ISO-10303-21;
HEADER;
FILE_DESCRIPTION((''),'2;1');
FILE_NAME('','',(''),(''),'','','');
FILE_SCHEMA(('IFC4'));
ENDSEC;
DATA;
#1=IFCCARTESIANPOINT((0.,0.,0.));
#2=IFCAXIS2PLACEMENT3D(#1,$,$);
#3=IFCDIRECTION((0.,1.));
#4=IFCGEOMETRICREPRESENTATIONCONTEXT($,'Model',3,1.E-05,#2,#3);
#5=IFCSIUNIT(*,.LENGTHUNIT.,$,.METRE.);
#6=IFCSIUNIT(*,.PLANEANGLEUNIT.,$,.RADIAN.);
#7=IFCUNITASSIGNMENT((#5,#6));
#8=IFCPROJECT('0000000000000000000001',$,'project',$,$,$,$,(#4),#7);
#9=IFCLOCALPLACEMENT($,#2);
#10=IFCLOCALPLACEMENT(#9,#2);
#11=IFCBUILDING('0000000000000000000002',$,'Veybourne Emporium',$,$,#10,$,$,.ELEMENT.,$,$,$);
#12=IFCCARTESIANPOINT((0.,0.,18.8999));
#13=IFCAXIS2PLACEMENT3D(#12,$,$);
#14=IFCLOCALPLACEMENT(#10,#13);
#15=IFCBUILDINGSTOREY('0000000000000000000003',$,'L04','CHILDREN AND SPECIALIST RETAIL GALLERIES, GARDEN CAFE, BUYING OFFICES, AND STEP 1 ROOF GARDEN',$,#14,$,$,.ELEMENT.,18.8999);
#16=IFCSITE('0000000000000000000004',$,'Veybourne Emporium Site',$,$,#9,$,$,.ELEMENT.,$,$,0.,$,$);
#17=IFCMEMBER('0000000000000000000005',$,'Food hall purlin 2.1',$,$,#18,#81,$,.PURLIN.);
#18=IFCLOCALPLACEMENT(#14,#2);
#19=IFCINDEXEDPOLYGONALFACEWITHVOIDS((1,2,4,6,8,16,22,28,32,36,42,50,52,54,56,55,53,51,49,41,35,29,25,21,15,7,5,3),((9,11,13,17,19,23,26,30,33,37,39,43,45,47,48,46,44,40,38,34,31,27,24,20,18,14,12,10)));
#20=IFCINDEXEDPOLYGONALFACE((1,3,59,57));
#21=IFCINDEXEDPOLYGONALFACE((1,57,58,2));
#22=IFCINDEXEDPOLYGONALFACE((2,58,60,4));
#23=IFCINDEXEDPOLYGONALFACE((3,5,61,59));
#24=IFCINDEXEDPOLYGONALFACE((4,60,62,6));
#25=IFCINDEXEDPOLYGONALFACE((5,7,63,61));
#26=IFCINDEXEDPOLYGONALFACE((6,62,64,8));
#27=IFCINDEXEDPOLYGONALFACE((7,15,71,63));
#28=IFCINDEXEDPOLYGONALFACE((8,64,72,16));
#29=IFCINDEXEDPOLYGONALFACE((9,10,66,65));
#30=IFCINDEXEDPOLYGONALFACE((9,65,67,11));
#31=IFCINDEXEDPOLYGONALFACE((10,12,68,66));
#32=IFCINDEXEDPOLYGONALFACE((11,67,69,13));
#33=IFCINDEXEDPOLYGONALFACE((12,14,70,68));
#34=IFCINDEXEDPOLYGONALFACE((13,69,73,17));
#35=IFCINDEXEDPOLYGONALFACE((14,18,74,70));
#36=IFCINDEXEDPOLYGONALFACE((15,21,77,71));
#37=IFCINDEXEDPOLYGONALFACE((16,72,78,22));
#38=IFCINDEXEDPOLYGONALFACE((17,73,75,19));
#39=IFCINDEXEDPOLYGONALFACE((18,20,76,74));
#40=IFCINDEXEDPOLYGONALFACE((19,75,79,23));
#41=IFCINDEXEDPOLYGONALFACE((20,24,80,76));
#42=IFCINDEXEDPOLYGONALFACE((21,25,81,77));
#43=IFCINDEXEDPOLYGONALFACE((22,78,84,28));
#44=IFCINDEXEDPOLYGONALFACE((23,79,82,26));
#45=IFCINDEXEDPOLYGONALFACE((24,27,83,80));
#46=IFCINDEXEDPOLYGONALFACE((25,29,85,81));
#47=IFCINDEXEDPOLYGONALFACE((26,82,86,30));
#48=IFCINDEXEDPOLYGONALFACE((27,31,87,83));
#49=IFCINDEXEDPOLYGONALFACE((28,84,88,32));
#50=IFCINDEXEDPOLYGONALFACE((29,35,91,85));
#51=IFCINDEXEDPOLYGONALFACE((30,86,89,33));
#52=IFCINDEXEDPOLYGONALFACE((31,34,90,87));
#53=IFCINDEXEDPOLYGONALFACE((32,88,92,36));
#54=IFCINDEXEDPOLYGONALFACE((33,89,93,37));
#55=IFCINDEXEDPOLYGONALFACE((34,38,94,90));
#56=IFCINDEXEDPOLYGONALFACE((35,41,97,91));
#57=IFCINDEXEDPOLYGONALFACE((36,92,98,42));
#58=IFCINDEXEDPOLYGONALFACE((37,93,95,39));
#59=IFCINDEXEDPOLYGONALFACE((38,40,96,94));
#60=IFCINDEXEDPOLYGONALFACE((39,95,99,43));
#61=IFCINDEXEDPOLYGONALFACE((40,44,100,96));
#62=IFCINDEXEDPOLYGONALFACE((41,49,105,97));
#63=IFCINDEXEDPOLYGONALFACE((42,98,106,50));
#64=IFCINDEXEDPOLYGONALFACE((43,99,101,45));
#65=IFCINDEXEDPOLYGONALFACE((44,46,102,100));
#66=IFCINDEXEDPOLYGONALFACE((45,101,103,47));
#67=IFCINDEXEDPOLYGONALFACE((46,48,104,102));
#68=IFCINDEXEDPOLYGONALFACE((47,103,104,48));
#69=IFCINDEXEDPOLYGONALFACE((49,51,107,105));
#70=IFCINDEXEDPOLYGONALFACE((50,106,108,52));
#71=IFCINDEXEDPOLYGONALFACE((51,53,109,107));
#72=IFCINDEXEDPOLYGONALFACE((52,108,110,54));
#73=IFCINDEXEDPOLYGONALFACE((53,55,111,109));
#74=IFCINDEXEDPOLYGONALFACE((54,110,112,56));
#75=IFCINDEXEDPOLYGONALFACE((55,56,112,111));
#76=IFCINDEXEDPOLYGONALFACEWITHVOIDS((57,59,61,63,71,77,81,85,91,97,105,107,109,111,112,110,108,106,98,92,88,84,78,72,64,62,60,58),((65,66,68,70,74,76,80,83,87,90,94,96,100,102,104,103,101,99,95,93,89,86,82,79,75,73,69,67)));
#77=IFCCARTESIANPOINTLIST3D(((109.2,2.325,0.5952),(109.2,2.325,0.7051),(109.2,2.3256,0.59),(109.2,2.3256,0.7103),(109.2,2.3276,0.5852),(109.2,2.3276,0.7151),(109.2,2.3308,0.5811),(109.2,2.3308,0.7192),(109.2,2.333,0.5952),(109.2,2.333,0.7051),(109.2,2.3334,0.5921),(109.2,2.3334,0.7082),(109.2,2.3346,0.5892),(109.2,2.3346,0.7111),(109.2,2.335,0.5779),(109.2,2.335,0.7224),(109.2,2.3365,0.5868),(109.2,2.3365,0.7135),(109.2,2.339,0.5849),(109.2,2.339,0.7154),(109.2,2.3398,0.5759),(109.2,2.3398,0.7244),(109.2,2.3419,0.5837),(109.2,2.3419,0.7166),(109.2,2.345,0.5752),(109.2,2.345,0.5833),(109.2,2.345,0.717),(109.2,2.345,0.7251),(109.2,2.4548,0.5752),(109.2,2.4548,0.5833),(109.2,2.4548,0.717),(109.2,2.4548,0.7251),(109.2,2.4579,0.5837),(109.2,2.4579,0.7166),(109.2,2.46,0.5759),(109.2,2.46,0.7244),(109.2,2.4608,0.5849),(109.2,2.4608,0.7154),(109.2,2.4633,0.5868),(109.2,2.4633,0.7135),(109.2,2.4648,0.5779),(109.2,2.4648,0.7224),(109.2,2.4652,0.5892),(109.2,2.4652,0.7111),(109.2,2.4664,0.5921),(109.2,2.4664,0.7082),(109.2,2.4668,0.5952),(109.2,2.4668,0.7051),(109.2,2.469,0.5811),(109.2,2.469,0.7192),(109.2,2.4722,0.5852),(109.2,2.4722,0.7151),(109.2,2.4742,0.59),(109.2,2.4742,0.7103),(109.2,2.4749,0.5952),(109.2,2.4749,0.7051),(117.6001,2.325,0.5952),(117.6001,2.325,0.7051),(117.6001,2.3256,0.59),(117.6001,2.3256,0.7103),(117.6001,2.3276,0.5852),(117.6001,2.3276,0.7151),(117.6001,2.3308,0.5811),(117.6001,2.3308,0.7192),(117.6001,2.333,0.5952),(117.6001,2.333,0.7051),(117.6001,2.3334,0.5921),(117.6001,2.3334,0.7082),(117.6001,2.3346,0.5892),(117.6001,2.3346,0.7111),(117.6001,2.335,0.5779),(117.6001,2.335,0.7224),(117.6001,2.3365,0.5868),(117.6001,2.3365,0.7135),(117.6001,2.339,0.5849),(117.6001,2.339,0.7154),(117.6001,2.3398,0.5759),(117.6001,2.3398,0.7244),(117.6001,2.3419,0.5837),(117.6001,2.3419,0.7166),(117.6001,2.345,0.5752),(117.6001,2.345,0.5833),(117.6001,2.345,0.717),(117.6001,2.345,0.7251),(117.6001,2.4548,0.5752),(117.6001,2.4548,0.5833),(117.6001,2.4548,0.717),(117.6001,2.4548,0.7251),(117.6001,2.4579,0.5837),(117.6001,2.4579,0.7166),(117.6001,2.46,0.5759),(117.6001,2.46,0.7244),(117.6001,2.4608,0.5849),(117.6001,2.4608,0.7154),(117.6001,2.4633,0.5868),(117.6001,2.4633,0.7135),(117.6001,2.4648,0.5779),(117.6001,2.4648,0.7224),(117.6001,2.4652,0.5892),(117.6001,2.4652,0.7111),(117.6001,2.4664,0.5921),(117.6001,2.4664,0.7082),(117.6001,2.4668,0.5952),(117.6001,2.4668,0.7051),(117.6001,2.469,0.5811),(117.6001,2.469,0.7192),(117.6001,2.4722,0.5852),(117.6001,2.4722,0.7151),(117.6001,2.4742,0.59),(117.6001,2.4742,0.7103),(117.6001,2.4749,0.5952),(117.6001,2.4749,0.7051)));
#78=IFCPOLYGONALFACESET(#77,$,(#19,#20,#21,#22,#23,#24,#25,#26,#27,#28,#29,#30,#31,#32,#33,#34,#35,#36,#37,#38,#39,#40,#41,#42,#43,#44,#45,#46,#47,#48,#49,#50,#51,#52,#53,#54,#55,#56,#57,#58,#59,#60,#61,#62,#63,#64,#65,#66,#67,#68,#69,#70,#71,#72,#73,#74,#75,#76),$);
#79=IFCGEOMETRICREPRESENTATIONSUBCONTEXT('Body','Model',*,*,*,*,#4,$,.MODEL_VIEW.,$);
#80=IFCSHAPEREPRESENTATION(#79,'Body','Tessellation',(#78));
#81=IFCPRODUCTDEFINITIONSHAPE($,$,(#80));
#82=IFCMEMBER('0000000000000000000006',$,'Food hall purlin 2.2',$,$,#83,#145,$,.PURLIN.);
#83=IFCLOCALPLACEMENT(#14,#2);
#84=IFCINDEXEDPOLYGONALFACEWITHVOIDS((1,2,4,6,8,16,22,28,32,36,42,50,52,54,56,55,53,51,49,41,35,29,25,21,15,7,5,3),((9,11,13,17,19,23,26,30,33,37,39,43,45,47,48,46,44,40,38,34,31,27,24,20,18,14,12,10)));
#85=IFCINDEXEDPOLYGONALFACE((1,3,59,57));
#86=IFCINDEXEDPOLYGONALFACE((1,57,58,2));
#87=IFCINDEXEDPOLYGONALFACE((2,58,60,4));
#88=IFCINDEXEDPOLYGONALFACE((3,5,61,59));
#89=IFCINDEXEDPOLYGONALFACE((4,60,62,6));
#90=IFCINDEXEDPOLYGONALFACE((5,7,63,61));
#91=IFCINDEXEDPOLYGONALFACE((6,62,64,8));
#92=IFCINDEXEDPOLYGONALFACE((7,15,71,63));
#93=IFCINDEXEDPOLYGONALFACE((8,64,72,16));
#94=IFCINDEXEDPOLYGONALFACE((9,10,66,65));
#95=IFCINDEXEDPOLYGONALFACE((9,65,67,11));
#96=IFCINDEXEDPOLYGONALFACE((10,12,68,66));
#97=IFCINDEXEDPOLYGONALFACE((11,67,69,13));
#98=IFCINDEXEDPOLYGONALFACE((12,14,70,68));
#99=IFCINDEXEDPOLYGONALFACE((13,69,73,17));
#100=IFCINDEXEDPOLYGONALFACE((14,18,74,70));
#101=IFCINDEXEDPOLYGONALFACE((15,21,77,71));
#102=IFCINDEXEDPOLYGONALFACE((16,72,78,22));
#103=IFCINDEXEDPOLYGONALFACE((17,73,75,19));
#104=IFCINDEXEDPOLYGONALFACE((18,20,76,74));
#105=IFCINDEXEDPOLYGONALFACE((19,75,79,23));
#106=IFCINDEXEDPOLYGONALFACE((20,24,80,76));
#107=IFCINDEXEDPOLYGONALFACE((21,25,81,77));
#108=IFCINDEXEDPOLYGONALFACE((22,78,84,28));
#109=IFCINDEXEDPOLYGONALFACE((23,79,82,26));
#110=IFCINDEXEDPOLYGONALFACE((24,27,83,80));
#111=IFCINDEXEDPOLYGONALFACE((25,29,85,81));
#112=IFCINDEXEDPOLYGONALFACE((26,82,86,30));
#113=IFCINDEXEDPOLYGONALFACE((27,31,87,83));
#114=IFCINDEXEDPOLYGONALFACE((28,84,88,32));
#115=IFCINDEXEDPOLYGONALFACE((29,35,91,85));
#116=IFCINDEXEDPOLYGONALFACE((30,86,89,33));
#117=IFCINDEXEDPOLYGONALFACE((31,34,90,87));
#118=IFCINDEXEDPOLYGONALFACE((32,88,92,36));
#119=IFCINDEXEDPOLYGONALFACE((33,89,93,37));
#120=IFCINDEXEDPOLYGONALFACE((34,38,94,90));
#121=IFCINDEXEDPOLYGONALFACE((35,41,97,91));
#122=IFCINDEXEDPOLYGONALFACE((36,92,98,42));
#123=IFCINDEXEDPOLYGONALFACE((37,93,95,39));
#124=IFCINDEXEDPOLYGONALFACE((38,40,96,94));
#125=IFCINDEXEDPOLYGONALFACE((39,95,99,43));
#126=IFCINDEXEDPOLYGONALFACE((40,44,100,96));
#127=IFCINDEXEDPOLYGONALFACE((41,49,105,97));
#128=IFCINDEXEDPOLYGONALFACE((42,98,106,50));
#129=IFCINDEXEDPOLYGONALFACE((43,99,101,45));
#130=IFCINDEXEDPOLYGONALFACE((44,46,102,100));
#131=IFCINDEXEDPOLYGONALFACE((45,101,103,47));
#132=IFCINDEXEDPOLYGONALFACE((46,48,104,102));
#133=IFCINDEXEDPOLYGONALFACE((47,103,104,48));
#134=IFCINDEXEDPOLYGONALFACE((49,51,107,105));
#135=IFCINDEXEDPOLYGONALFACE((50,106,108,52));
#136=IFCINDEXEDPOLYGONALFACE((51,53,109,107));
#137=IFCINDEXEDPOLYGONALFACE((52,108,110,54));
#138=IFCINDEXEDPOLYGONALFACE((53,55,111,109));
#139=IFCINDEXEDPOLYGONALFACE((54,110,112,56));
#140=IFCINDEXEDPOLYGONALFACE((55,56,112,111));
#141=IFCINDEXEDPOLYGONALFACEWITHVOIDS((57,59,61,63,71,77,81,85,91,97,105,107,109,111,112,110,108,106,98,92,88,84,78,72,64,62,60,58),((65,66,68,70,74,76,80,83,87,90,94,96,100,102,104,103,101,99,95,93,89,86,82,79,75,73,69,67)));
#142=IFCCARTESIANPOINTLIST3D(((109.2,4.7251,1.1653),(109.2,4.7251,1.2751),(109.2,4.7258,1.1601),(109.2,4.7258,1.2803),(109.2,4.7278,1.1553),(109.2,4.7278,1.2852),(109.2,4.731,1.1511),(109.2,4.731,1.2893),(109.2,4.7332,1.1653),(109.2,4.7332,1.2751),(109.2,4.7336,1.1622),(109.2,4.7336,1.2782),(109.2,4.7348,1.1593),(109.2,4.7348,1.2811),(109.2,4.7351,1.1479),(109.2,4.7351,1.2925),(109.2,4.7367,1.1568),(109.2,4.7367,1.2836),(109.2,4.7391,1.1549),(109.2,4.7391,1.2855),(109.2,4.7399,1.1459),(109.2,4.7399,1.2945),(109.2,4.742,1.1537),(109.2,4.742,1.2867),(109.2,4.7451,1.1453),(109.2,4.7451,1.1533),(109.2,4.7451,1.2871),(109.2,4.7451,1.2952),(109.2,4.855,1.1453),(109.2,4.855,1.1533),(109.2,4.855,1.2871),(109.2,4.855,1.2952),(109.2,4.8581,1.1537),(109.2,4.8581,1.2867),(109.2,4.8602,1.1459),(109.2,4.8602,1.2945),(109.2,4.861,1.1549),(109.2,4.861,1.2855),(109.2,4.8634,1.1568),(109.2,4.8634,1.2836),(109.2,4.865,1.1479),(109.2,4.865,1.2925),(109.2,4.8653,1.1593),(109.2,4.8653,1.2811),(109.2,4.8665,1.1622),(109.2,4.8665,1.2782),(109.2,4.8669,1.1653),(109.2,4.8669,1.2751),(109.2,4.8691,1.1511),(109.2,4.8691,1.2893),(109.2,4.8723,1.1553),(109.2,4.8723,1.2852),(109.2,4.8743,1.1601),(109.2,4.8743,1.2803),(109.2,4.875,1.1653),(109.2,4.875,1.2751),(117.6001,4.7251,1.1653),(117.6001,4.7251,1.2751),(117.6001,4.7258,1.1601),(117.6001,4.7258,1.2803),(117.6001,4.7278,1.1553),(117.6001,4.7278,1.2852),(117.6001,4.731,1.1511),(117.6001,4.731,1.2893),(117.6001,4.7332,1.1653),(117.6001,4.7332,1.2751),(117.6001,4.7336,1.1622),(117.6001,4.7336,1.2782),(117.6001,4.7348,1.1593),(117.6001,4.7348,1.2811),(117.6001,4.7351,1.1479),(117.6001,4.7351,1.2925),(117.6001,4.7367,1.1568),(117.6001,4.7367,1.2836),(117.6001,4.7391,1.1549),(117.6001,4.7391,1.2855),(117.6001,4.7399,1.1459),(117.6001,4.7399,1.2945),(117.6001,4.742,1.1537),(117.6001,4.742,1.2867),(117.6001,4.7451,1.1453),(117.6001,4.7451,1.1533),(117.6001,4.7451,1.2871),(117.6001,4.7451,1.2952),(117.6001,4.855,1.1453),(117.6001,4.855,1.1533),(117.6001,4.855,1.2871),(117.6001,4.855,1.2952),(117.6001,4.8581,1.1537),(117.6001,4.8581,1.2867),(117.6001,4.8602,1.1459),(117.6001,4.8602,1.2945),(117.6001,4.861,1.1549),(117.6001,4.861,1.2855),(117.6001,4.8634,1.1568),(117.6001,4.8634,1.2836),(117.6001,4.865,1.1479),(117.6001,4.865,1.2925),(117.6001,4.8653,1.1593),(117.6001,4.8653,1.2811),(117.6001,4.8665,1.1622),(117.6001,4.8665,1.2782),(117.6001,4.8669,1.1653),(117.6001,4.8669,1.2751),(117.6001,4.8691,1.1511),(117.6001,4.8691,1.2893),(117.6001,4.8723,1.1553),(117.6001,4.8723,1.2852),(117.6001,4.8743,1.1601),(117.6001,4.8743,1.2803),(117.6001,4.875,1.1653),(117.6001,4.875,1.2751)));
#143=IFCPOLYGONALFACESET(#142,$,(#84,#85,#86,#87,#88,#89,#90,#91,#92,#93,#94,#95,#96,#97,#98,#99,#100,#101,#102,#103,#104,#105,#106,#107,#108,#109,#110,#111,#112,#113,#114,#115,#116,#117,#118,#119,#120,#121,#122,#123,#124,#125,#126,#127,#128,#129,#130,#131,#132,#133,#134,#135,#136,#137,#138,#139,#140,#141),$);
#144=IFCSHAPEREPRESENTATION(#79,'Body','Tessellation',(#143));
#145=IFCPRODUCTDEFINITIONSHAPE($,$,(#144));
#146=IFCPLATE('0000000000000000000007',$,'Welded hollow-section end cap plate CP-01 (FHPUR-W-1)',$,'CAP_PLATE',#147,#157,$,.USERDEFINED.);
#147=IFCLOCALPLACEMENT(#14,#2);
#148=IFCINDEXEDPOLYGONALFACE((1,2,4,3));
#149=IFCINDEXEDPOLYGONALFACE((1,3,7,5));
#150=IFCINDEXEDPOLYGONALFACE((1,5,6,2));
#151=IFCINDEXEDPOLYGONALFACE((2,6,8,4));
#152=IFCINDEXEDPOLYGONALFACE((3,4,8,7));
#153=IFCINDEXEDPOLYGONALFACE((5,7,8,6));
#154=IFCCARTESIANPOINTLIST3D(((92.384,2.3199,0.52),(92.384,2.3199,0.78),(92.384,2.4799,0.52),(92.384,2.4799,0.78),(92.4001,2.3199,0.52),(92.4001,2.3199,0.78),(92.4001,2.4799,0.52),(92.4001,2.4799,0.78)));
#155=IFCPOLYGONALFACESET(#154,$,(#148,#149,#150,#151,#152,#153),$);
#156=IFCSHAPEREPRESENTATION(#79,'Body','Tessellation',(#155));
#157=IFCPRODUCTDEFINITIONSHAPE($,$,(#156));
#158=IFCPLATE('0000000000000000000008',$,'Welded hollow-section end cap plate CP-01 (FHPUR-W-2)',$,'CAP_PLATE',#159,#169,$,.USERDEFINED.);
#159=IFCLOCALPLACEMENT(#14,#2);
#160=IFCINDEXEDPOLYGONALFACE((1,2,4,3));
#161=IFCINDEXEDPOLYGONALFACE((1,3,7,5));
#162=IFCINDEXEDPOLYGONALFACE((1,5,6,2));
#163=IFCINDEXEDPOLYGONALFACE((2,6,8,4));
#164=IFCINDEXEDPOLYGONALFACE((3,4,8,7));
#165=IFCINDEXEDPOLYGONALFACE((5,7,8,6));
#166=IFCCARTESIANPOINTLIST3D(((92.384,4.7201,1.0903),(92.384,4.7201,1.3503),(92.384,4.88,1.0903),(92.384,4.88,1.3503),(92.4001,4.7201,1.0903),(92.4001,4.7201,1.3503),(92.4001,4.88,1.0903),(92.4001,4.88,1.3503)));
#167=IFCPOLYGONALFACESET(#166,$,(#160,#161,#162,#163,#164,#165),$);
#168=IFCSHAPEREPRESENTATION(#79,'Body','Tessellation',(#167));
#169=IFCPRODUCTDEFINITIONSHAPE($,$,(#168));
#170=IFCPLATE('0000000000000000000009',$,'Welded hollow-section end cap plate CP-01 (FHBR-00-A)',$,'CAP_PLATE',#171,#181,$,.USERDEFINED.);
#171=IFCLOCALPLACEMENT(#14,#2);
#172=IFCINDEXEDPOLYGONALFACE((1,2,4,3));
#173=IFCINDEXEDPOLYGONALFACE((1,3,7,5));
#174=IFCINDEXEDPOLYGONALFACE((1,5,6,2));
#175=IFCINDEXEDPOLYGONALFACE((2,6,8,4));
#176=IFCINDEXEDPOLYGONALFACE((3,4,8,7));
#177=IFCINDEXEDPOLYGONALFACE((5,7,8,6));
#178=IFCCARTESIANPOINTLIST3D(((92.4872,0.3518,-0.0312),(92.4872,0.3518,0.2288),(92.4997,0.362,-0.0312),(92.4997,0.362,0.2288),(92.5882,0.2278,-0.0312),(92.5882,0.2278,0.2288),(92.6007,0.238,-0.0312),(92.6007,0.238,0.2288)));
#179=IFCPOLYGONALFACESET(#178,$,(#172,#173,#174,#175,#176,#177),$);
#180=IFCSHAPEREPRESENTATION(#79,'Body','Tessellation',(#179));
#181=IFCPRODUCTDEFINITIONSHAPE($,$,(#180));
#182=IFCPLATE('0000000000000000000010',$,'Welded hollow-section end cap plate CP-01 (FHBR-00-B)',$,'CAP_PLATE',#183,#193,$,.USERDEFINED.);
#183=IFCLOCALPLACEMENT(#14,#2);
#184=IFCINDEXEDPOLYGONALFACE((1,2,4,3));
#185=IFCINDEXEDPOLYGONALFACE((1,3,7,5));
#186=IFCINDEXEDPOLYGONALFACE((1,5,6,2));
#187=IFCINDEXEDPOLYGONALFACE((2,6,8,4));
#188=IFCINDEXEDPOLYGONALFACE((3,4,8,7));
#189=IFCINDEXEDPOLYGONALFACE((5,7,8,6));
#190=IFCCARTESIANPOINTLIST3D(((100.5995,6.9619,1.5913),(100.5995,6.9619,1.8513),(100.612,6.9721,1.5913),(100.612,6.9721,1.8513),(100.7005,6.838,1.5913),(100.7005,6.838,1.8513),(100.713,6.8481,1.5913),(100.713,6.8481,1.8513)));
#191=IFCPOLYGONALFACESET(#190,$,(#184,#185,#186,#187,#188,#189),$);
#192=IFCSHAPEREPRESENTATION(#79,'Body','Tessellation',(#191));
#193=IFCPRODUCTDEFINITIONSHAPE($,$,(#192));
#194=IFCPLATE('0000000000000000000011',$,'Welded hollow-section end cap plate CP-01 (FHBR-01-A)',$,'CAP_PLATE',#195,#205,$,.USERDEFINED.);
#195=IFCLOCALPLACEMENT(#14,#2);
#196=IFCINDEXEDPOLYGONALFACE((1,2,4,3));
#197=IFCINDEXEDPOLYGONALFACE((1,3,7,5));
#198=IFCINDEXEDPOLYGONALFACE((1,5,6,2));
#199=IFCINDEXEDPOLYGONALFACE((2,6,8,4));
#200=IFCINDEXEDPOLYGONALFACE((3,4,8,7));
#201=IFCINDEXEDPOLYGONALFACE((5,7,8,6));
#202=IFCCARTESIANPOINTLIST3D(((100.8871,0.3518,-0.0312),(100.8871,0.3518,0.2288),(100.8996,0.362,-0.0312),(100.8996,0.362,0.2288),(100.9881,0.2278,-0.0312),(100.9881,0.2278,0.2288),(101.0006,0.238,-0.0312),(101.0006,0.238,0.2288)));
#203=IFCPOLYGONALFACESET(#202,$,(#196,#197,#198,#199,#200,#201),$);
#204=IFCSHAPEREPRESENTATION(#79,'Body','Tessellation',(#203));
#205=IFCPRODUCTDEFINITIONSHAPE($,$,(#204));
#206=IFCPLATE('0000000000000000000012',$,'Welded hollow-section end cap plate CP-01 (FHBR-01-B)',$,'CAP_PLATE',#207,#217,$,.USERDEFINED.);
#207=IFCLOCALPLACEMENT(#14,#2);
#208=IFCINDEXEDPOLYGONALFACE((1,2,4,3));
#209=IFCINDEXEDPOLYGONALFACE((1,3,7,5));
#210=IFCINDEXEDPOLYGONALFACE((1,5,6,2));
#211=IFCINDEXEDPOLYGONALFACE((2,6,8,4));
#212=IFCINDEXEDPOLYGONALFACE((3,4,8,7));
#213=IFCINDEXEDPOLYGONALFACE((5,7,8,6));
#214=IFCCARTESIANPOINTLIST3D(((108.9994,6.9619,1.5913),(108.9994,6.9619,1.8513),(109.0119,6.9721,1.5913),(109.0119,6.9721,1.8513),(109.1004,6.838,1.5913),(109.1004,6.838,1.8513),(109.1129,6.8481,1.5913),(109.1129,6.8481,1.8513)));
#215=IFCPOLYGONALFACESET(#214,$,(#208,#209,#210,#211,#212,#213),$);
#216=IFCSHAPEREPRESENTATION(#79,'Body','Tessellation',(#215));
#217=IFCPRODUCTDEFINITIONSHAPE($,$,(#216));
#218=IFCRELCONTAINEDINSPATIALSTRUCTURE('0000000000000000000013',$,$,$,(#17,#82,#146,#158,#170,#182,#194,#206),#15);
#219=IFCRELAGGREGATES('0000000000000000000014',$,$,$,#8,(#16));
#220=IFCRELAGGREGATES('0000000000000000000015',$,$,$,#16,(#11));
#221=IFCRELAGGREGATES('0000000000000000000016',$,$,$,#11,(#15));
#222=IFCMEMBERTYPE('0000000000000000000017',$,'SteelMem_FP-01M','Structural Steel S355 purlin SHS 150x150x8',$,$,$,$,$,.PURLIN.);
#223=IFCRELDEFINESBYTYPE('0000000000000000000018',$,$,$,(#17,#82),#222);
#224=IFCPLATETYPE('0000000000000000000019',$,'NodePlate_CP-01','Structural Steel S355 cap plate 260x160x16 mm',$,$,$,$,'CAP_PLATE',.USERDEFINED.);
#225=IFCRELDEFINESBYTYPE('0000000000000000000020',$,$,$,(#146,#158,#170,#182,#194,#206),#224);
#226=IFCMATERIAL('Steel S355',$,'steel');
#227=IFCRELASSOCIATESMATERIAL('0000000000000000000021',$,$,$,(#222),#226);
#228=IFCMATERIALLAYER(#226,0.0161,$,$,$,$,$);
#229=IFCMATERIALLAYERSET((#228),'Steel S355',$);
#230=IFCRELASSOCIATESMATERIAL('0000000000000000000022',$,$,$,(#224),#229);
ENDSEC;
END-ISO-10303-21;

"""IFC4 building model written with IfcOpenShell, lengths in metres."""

from ifc_helpers import new_model, si_unit, direction, frame, origin, origin_2d, place, context, subcontext, project, spatial, rectangle, hollow_rectangle, extrude, material, layer, layer_set, material_profile, profile_set, type_object, element, save


model = new_model("IFC4")

# Units and contexts
model_context = context("Model", 3, precision=1e-05, world=origin(), true_north=direction((0.0, 1.0)))
body_context = subcontext(model_context, "Body", "Model", "MODEL_VIEW")
ifc_project = project(units=[si_unit("LENGTHUNIT", "METRE"), si_unit("PLANEANGLEUNIT", "RADIAN")], contexts=[model_context])

# Site, building, storey
site_placement = place(None, origin())
site = spatial("IfcSite", under=ifc_project, at=site_placement, Name="Veybourne Emporium Site", CompositionType="ELEMENT", RefElevation=0.0)
building_placement = place(site_placement, origin())
building = spatial("IfcBuilding", under=site, at=building_placement, Name="Veybourne Emporium", CompositionType="ELEMENT")
storey_placement = place(building_placement, frame((0.0, 0.0, 18.8999)))
storey = spatial("IfcBuildingStorey", under=building, at=storey_placement, Name="L04", Description="CHILDREN AND SPECIALIST RETAIL GALLERIES, GARDEN CAFE, BUYING OFFICES, AND STEP 1 ROOF GARDEN", CompositionType="ELEMENT", Elevation=18.8999)

# Shared definitions
ifc_material_1 = material(Name="Steel S355", Category="steel")

# Members
ifc_material_profile_1 = material_profile(ifc_material_1, hollow_rectangle(XDim=0.1499, YDim=0.1499, WallThickness=0.0081, InnerFilletRadius=0.012, OuterFilletRadius=0.02, at=origin_2d()), Name="SHS 150x150x8")
ifc_profile_set_1 = profile_set([ifc_material_profile_1], Name="Steel S355")
member_type_1 = type_object("IfcMemberType", Name="SteelMem_FP-01M", Description="Structural Steel S355 purlin SHS 150x150x8", PredefinedType="PURLIN", material=ifc_profile_set_1)
for number, where, z_axis, x_axis, name in (
    (1, (109.2, 2.3999, 0.6501), (1.0, 0.0, 0.0), (0.0, 1.0, 0.0), "Food hall purlin 2.1"),
    (2, (109.2, 4.8, 1.2202), (1.0, 0.0, 0.0), (0.0, 1.0, 0.0), "Food hall purlin 2.2"),
):
    element("IfcMember", number, at=place(storey_placement, frame(where, z_axis=z_axis, x_axis=x_axis)), inside=storey, type_object=member_type_1, Name=name, PredefinedType="PURLIN", context=body_context, shape_type="SweptSolid", body=[
        extrude(hollow_rectangle(XDim=0.1499, YDim=0.1499, WallThickness=0.0081, InnerFilletRadius=0.012, OuterFilletRadius=0.02, at=origin_2d()), origin(), (0.0, 0.0, 1.0), 8.4001),
    ])

# Plates
ifc_layer_1 = layer(ifc_material_1, 0.0161)
ifc_layer_set_1 = layer_set([ifc_layer_1], Name="Steel S355")
plate_type = type_object("IfcPlateType", Name="NodePlate_CP-01", Description="Structural Steel S355 cap plate 260x160x16 mm", ElementType="CAP_PLATE", PredefinedType="USERDEFINED", material=ifc_layer_set_1)
for number, where, z_axis, x_axis, name in (
    (3, (92.3921, 2.3999, 0.52), (0.0, 0.0, 1.0), (1.0, 0.0, 0.0), "Welded hollow-section end cap plate CP-01 (FHPUR-W-1)"),
    (4, (92.3921, 4.8, 1.0903), (0.0, 0.0, 1.0), (1.0, 0.0, 0.0), "Welded hollow-section end cap plate CP-01 (FHPUR-W-2)"),
    (5, (92.5439, 0.2949, -0.0312), (0.0, 0.0, 1.0), (0.775275, 0.631623, 0.0), "Welded hollow-section end cap plate CP-01 (FHBR-00-A)"),
    (6, (100.6562, 6.905, 1.5913), (0.0, 0.0, 1.0), (0.775275, 0.631623, 0.0), "Welded hollow-section end cap plate CP-01 (FHBR-00-B)"),
    (7, (100.9438, 0.2949, -0.0312), (0.0, 0.0, 1.0), (0.775275, 0.631623, 0.0), "Welded hollow-section end cap plate CP-01 (FHBR-01-A)"),
    (8, (109.0562, 6.905, 1.5913), (0.0, 0.0, 1.0), (0.775275, 0.631623, 0.0), "Welded hollow-section end cap plate CP-01 (FHBR-01-B)"),
):
    element("IfcPlate", number, at=place(storey_placement, frame(where, z_axis=z_axis, x_axis=x_axis)), inside=storey, type_object=plate_type, Name=name, ObjectType="CAP_PLATE", PredefinedType="USERDEFINED", context=body_context, shape_type="SweptSolid", body=[
        extrude(rectangle(XDim=0.0161, YDim=0.1599, at=origin_2d()), origin(), (0.0, 0.0, 1.0), 0.26),
    ])

save(model, "model.ifc")
